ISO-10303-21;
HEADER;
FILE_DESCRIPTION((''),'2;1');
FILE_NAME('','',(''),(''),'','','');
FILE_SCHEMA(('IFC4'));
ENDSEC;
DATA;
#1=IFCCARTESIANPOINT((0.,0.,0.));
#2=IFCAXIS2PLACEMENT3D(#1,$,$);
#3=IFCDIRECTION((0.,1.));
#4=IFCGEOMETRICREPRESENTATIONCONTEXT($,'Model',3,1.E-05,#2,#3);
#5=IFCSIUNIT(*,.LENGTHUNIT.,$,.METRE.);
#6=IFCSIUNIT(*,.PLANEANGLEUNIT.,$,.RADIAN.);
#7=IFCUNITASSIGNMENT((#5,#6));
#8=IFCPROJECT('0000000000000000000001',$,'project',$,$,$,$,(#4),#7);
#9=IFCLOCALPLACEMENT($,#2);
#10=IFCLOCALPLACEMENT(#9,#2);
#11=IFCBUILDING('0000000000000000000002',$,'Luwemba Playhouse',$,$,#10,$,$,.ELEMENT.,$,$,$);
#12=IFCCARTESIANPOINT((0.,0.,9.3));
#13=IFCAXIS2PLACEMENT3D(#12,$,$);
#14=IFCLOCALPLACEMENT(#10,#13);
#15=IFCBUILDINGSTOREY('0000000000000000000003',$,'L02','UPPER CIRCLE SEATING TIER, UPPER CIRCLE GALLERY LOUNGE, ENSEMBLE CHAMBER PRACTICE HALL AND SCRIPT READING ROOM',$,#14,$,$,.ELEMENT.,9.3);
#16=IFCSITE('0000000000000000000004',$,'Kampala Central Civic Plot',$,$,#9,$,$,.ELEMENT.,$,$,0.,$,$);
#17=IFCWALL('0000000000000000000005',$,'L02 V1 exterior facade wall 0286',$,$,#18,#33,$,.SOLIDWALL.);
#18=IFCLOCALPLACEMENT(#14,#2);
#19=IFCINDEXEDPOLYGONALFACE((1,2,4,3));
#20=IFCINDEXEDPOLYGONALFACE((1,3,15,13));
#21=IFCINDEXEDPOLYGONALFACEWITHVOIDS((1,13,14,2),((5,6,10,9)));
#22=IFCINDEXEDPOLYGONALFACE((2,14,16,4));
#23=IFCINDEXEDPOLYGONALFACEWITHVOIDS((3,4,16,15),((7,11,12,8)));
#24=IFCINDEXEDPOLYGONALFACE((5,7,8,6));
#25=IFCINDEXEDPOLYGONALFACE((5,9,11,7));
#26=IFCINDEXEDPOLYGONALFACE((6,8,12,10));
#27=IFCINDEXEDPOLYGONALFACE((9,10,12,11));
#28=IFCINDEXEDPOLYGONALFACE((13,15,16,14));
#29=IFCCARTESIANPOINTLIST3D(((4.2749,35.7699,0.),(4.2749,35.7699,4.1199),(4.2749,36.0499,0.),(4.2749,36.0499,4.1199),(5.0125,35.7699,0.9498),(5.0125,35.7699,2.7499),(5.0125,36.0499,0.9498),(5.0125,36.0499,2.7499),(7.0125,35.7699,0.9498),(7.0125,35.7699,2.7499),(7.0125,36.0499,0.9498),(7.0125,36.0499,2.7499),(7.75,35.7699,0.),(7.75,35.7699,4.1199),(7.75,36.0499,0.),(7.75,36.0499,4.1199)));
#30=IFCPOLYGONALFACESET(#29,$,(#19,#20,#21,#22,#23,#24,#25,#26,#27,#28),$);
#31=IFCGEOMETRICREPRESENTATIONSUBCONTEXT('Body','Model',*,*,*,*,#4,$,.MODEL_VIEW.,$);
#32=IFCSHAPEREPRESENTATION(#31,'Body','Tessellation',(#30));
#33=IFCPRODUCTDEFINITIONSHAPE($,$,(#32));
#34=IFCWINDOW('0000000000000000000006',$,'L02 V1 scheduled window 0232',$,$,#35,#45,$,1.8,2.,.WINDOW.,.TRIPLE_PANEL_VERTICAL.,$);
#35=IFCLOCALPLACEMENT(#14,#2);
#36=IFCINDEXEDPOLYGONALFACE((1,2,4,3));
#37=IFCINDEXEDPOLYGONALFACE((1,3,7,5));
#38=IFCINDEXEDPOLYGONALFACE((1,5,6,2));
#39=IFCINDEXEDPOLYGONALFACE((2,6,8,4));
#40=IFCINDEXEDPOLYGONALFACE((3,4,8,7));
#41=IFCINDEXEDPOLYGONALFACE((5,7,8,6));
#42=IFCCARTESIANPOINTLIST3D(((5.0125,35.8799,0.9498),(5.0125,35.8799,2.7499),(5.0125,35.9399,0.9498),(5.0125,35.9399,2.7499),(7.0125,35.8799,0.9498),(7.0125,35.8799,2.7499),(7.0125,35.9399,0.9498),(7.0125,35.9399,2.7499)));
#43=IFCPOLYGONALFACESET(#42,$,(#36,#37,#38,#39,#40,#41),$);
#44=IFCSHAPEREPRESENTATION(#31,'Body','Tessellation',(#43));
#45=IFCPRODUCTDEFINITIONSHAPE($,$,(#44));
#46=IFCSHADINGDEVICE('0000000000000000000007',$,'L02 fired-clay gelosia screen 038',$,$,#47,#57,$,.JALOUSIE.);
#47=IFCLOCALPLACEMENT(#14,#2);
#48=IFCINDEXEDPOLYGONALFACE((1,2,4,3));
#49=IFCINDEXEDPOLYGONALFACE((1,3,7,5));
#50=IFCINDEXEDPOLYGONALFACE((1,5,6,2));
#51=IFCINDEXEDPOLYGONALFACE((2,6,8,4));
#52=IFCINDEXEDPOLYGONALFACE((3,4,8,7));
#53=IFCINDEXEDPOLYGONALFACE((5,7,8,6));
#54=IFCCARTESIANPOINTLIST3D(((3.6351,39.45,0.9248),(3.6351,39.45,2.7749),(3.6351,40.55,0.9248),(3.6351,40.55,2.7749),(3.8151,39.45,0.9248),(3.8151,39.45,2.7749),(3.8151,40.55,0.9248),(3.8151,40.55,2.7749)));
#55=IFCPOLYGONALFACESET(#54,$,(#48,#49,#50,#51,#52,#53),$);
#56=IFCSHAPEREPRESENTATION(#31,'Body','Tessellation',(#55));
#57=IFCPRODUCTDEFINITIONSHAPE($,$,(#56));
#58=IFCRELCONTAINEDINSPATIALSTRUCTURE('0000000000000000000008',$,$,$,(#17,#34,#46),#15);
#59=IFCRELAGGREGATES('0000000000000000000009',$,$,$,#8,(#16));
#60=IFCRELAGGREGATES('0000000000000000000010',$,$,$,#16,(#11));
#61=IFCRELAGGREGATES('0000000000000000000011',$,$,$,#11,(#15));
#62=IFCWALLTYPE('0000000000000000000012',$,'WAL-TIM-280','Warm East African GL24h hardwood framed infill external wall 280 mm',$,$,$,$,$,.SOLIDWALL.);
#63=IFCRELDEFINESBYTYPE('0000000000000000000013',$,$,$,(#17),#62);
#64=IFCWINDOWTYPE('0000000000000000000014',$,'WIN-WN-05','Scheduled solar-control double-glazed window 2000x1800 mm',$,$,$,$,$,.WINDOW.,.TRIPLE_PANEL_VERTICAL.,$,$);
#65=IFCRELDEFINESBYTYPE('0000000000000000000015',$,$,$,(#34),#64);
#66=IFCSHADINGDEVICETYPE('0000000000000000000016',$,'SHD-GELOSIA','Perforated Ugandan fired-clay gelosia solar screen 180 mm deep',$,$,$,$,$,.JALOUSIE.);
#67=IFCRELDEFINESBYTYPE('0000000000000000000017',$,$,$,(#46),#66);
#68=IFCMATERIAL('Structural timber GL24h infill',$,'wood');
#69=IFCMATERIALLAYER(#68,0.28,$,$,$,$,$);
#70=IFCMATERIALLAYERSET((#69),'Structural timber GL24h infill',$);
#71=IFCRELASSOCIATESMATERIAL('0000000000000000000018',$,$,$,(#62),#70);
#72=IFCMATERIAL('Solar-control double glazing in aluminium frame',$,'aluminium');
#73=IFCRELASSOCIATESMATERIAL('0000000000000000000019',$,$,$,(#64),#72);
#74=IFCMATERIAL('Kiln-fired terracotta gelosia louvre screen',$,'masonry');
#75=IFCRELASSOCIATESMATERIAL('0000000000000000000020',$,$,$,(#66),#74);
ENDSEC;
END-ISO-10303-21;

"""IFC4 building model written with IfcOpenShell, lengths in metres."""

from ifc_helpers import new_model, si_unit, direction, frame, frame_2d, origin, origin_2d, place, context, subcontext, project, spatial, rectangle, extrude, material, layer, layer_set, type_object, element, fill, save


model = new_model("IFC4")

# Units and contexts
model_context = context("Model", 3, precision=1e-05, world=origin(), true_north=direction((0.0, 1.0)))
body_context = subcontext(model_context, "Body", "Model", "MODEL_VIEW")
ifc_project = project(units=[si_unit("LENGTHUNIT", "METRE"), si_unit("PLANEANGLEUNIT", "RADIAN")], contexts=[model_context])

# Site, building, storey
site_placement = place(None, origin())
site = spatial("IfcSite", under=ifc_project, at=site_placement, Name="Kampala Central Civic Plot", CompositionType="ELEMENT", RefElevation=0.0)
building_placement = place(site_placement, origin())
building = spatial("IfcBuilding", under=site, at=building_placement, Name="Luwemba Playhouse", CompositionType="ELEMENT")
storey_placement = place(building_placement, frame((0.0, 0.0, 9.3)))
storey = spatial("IfcBuildingStorey", under=building, at=storey_placement, Name="L02", Description="UPPER CIRCLE SEATING TIER, UPPER CIRCLE GALLERY LOUNGE, ENSEMBLE CHAMBER PRACTICE HALL AND SCRIPT READING ROOM", CompositionType="ELEMENT", Elevation=9.3)

# Shared definitions
ifc_material_1 = material(Name="Solar-control double glazing in aluminium frame", Category="aluminium")

# Wall, opening, window
ifc_material_2 = material(Name="Structural timber GL24h infill", Category="wood")
ifc_layer_1 = layer(ifc_material_2, 0.28)
ifc_layer_set_1 = layer_set([ifc_layer_1], Name="Structural timber GL24h infill")
wall_type_1 = type_object("IfcWallType", Name="WAL-TIM-280", Description="Warm East African GL24h hardwood framed infill external wall 280 mm", PredefinedType="SOLIDWALL", material=ifc_layer_set_1)
wall_1_placement = place(storey_placement, frame((7.75, 35.9099, 0.0), z_axis=(0.0, 0.0, 1.0), x_axis=(-1.0, 0.0, 0.0)))
wall_1 = element("IfcWall", 1, at=wall_1_placement, inside=storey, type_object=wall_type_1, Name="L02 V1 exterior facade wall 0286", PredefinedType="SOLIDWALL", context=body_context, shape_type="SweptSolid", body=[
    extrude(rectangle(XDim=3.4751, YDim=0.28, at=frame_2d((1.7375, 0.0))), origin(), (0.0, 0.0, 1.0), 4.1199),
])
opening_1_placement = place(wall_1_placement, frame((0.7375, 0.0, 0.95)))
opening_1 = element("IfcOpeningElement", 2, at=opening_1_placement, cuts=wall_1, PredefinedType="OPENING", context=body_context, shape_type="SweptSolid", body=[
    extrude(rectangle(XDim=2.0, YDim=1.8, at=frame_2d((1.0, 0.8999))), frame((0.0, 0.1499, 0.0), z_axis=(0.0, -1.0, 0.0), x_axis=(1.0, 0.0, 0.0)), (0.0, 0.0, 1.0), 0.3),
])
window_type_1 = type_object("IfcWindowType", Name="WIN-WN-05", Description="Scheduled solar-control double-glazed window 2000x1800 mm", PartitioningType="TRIPLE_PANEL_VERTICAL", PredefinedType="WINDOW", material=ifc_material_1)
window_1_placement = place(opening_1_placement, origin())
window_1 = element("IfcWindow", 3, at=window_1_placement, inside=storey, type_object=window_type_1, Name="L02 V1 scheduled window 0232", OverallHeight=1.8, OverallWidth=2.0, PartitioningType="TRIPLE_PANEL_VERTICAL", PredefinedType="WINDOW", context=body_context, shape_type="SweptSolid", body=[
    extrude(rectangle(XDim=2.0, YDim=1.8, at=frame_2d((1.0, 0.8999))), frame((0.0, 0.03, 0.0), z_axis=(0.0, -1.0, 0.0), x_axis=(1.0, 0.0, 0.0)), (0.0, 0.0, 1.0), 0.0601),
])
fill(opening_1, window_1)

# Shading device
ifc_material_3 = material(Name="Kiln-fired terracotta gelosia louvre screen", Category="masonry")
shading_device_type = type_object("IfcShadingDeviceType", Name="SHD-GELOSIA", Description="Perforated Ugandan fired-clay gelosia solar screen 180 mm deep", PredefinedType="JALOUSIE", material=ifc_material_3)
shading_device_placement = place(storey_placement, frame((3.7251, 40.0, 0.9248), z_axis=(0.0, 0.0, 1.0), x_axis=(0.0, 1.0, 0.0)))
element("IfcShadingDevice", 4, at=shading_device_placement, inside=storey, type_object=shading_device_type, Name="L02 fired-clay gelosia screen 038", PredefinedType="JALOUSIE", context=body_context, shape_type="SweptSolid", body=[
    extrude(rectangle(XDim=1.1001, YDim=0.1799, at=origin_2d()), origin(), (0.0, 0.0, 1.0), 1.8501),
])

save(model, "model.ifc")
